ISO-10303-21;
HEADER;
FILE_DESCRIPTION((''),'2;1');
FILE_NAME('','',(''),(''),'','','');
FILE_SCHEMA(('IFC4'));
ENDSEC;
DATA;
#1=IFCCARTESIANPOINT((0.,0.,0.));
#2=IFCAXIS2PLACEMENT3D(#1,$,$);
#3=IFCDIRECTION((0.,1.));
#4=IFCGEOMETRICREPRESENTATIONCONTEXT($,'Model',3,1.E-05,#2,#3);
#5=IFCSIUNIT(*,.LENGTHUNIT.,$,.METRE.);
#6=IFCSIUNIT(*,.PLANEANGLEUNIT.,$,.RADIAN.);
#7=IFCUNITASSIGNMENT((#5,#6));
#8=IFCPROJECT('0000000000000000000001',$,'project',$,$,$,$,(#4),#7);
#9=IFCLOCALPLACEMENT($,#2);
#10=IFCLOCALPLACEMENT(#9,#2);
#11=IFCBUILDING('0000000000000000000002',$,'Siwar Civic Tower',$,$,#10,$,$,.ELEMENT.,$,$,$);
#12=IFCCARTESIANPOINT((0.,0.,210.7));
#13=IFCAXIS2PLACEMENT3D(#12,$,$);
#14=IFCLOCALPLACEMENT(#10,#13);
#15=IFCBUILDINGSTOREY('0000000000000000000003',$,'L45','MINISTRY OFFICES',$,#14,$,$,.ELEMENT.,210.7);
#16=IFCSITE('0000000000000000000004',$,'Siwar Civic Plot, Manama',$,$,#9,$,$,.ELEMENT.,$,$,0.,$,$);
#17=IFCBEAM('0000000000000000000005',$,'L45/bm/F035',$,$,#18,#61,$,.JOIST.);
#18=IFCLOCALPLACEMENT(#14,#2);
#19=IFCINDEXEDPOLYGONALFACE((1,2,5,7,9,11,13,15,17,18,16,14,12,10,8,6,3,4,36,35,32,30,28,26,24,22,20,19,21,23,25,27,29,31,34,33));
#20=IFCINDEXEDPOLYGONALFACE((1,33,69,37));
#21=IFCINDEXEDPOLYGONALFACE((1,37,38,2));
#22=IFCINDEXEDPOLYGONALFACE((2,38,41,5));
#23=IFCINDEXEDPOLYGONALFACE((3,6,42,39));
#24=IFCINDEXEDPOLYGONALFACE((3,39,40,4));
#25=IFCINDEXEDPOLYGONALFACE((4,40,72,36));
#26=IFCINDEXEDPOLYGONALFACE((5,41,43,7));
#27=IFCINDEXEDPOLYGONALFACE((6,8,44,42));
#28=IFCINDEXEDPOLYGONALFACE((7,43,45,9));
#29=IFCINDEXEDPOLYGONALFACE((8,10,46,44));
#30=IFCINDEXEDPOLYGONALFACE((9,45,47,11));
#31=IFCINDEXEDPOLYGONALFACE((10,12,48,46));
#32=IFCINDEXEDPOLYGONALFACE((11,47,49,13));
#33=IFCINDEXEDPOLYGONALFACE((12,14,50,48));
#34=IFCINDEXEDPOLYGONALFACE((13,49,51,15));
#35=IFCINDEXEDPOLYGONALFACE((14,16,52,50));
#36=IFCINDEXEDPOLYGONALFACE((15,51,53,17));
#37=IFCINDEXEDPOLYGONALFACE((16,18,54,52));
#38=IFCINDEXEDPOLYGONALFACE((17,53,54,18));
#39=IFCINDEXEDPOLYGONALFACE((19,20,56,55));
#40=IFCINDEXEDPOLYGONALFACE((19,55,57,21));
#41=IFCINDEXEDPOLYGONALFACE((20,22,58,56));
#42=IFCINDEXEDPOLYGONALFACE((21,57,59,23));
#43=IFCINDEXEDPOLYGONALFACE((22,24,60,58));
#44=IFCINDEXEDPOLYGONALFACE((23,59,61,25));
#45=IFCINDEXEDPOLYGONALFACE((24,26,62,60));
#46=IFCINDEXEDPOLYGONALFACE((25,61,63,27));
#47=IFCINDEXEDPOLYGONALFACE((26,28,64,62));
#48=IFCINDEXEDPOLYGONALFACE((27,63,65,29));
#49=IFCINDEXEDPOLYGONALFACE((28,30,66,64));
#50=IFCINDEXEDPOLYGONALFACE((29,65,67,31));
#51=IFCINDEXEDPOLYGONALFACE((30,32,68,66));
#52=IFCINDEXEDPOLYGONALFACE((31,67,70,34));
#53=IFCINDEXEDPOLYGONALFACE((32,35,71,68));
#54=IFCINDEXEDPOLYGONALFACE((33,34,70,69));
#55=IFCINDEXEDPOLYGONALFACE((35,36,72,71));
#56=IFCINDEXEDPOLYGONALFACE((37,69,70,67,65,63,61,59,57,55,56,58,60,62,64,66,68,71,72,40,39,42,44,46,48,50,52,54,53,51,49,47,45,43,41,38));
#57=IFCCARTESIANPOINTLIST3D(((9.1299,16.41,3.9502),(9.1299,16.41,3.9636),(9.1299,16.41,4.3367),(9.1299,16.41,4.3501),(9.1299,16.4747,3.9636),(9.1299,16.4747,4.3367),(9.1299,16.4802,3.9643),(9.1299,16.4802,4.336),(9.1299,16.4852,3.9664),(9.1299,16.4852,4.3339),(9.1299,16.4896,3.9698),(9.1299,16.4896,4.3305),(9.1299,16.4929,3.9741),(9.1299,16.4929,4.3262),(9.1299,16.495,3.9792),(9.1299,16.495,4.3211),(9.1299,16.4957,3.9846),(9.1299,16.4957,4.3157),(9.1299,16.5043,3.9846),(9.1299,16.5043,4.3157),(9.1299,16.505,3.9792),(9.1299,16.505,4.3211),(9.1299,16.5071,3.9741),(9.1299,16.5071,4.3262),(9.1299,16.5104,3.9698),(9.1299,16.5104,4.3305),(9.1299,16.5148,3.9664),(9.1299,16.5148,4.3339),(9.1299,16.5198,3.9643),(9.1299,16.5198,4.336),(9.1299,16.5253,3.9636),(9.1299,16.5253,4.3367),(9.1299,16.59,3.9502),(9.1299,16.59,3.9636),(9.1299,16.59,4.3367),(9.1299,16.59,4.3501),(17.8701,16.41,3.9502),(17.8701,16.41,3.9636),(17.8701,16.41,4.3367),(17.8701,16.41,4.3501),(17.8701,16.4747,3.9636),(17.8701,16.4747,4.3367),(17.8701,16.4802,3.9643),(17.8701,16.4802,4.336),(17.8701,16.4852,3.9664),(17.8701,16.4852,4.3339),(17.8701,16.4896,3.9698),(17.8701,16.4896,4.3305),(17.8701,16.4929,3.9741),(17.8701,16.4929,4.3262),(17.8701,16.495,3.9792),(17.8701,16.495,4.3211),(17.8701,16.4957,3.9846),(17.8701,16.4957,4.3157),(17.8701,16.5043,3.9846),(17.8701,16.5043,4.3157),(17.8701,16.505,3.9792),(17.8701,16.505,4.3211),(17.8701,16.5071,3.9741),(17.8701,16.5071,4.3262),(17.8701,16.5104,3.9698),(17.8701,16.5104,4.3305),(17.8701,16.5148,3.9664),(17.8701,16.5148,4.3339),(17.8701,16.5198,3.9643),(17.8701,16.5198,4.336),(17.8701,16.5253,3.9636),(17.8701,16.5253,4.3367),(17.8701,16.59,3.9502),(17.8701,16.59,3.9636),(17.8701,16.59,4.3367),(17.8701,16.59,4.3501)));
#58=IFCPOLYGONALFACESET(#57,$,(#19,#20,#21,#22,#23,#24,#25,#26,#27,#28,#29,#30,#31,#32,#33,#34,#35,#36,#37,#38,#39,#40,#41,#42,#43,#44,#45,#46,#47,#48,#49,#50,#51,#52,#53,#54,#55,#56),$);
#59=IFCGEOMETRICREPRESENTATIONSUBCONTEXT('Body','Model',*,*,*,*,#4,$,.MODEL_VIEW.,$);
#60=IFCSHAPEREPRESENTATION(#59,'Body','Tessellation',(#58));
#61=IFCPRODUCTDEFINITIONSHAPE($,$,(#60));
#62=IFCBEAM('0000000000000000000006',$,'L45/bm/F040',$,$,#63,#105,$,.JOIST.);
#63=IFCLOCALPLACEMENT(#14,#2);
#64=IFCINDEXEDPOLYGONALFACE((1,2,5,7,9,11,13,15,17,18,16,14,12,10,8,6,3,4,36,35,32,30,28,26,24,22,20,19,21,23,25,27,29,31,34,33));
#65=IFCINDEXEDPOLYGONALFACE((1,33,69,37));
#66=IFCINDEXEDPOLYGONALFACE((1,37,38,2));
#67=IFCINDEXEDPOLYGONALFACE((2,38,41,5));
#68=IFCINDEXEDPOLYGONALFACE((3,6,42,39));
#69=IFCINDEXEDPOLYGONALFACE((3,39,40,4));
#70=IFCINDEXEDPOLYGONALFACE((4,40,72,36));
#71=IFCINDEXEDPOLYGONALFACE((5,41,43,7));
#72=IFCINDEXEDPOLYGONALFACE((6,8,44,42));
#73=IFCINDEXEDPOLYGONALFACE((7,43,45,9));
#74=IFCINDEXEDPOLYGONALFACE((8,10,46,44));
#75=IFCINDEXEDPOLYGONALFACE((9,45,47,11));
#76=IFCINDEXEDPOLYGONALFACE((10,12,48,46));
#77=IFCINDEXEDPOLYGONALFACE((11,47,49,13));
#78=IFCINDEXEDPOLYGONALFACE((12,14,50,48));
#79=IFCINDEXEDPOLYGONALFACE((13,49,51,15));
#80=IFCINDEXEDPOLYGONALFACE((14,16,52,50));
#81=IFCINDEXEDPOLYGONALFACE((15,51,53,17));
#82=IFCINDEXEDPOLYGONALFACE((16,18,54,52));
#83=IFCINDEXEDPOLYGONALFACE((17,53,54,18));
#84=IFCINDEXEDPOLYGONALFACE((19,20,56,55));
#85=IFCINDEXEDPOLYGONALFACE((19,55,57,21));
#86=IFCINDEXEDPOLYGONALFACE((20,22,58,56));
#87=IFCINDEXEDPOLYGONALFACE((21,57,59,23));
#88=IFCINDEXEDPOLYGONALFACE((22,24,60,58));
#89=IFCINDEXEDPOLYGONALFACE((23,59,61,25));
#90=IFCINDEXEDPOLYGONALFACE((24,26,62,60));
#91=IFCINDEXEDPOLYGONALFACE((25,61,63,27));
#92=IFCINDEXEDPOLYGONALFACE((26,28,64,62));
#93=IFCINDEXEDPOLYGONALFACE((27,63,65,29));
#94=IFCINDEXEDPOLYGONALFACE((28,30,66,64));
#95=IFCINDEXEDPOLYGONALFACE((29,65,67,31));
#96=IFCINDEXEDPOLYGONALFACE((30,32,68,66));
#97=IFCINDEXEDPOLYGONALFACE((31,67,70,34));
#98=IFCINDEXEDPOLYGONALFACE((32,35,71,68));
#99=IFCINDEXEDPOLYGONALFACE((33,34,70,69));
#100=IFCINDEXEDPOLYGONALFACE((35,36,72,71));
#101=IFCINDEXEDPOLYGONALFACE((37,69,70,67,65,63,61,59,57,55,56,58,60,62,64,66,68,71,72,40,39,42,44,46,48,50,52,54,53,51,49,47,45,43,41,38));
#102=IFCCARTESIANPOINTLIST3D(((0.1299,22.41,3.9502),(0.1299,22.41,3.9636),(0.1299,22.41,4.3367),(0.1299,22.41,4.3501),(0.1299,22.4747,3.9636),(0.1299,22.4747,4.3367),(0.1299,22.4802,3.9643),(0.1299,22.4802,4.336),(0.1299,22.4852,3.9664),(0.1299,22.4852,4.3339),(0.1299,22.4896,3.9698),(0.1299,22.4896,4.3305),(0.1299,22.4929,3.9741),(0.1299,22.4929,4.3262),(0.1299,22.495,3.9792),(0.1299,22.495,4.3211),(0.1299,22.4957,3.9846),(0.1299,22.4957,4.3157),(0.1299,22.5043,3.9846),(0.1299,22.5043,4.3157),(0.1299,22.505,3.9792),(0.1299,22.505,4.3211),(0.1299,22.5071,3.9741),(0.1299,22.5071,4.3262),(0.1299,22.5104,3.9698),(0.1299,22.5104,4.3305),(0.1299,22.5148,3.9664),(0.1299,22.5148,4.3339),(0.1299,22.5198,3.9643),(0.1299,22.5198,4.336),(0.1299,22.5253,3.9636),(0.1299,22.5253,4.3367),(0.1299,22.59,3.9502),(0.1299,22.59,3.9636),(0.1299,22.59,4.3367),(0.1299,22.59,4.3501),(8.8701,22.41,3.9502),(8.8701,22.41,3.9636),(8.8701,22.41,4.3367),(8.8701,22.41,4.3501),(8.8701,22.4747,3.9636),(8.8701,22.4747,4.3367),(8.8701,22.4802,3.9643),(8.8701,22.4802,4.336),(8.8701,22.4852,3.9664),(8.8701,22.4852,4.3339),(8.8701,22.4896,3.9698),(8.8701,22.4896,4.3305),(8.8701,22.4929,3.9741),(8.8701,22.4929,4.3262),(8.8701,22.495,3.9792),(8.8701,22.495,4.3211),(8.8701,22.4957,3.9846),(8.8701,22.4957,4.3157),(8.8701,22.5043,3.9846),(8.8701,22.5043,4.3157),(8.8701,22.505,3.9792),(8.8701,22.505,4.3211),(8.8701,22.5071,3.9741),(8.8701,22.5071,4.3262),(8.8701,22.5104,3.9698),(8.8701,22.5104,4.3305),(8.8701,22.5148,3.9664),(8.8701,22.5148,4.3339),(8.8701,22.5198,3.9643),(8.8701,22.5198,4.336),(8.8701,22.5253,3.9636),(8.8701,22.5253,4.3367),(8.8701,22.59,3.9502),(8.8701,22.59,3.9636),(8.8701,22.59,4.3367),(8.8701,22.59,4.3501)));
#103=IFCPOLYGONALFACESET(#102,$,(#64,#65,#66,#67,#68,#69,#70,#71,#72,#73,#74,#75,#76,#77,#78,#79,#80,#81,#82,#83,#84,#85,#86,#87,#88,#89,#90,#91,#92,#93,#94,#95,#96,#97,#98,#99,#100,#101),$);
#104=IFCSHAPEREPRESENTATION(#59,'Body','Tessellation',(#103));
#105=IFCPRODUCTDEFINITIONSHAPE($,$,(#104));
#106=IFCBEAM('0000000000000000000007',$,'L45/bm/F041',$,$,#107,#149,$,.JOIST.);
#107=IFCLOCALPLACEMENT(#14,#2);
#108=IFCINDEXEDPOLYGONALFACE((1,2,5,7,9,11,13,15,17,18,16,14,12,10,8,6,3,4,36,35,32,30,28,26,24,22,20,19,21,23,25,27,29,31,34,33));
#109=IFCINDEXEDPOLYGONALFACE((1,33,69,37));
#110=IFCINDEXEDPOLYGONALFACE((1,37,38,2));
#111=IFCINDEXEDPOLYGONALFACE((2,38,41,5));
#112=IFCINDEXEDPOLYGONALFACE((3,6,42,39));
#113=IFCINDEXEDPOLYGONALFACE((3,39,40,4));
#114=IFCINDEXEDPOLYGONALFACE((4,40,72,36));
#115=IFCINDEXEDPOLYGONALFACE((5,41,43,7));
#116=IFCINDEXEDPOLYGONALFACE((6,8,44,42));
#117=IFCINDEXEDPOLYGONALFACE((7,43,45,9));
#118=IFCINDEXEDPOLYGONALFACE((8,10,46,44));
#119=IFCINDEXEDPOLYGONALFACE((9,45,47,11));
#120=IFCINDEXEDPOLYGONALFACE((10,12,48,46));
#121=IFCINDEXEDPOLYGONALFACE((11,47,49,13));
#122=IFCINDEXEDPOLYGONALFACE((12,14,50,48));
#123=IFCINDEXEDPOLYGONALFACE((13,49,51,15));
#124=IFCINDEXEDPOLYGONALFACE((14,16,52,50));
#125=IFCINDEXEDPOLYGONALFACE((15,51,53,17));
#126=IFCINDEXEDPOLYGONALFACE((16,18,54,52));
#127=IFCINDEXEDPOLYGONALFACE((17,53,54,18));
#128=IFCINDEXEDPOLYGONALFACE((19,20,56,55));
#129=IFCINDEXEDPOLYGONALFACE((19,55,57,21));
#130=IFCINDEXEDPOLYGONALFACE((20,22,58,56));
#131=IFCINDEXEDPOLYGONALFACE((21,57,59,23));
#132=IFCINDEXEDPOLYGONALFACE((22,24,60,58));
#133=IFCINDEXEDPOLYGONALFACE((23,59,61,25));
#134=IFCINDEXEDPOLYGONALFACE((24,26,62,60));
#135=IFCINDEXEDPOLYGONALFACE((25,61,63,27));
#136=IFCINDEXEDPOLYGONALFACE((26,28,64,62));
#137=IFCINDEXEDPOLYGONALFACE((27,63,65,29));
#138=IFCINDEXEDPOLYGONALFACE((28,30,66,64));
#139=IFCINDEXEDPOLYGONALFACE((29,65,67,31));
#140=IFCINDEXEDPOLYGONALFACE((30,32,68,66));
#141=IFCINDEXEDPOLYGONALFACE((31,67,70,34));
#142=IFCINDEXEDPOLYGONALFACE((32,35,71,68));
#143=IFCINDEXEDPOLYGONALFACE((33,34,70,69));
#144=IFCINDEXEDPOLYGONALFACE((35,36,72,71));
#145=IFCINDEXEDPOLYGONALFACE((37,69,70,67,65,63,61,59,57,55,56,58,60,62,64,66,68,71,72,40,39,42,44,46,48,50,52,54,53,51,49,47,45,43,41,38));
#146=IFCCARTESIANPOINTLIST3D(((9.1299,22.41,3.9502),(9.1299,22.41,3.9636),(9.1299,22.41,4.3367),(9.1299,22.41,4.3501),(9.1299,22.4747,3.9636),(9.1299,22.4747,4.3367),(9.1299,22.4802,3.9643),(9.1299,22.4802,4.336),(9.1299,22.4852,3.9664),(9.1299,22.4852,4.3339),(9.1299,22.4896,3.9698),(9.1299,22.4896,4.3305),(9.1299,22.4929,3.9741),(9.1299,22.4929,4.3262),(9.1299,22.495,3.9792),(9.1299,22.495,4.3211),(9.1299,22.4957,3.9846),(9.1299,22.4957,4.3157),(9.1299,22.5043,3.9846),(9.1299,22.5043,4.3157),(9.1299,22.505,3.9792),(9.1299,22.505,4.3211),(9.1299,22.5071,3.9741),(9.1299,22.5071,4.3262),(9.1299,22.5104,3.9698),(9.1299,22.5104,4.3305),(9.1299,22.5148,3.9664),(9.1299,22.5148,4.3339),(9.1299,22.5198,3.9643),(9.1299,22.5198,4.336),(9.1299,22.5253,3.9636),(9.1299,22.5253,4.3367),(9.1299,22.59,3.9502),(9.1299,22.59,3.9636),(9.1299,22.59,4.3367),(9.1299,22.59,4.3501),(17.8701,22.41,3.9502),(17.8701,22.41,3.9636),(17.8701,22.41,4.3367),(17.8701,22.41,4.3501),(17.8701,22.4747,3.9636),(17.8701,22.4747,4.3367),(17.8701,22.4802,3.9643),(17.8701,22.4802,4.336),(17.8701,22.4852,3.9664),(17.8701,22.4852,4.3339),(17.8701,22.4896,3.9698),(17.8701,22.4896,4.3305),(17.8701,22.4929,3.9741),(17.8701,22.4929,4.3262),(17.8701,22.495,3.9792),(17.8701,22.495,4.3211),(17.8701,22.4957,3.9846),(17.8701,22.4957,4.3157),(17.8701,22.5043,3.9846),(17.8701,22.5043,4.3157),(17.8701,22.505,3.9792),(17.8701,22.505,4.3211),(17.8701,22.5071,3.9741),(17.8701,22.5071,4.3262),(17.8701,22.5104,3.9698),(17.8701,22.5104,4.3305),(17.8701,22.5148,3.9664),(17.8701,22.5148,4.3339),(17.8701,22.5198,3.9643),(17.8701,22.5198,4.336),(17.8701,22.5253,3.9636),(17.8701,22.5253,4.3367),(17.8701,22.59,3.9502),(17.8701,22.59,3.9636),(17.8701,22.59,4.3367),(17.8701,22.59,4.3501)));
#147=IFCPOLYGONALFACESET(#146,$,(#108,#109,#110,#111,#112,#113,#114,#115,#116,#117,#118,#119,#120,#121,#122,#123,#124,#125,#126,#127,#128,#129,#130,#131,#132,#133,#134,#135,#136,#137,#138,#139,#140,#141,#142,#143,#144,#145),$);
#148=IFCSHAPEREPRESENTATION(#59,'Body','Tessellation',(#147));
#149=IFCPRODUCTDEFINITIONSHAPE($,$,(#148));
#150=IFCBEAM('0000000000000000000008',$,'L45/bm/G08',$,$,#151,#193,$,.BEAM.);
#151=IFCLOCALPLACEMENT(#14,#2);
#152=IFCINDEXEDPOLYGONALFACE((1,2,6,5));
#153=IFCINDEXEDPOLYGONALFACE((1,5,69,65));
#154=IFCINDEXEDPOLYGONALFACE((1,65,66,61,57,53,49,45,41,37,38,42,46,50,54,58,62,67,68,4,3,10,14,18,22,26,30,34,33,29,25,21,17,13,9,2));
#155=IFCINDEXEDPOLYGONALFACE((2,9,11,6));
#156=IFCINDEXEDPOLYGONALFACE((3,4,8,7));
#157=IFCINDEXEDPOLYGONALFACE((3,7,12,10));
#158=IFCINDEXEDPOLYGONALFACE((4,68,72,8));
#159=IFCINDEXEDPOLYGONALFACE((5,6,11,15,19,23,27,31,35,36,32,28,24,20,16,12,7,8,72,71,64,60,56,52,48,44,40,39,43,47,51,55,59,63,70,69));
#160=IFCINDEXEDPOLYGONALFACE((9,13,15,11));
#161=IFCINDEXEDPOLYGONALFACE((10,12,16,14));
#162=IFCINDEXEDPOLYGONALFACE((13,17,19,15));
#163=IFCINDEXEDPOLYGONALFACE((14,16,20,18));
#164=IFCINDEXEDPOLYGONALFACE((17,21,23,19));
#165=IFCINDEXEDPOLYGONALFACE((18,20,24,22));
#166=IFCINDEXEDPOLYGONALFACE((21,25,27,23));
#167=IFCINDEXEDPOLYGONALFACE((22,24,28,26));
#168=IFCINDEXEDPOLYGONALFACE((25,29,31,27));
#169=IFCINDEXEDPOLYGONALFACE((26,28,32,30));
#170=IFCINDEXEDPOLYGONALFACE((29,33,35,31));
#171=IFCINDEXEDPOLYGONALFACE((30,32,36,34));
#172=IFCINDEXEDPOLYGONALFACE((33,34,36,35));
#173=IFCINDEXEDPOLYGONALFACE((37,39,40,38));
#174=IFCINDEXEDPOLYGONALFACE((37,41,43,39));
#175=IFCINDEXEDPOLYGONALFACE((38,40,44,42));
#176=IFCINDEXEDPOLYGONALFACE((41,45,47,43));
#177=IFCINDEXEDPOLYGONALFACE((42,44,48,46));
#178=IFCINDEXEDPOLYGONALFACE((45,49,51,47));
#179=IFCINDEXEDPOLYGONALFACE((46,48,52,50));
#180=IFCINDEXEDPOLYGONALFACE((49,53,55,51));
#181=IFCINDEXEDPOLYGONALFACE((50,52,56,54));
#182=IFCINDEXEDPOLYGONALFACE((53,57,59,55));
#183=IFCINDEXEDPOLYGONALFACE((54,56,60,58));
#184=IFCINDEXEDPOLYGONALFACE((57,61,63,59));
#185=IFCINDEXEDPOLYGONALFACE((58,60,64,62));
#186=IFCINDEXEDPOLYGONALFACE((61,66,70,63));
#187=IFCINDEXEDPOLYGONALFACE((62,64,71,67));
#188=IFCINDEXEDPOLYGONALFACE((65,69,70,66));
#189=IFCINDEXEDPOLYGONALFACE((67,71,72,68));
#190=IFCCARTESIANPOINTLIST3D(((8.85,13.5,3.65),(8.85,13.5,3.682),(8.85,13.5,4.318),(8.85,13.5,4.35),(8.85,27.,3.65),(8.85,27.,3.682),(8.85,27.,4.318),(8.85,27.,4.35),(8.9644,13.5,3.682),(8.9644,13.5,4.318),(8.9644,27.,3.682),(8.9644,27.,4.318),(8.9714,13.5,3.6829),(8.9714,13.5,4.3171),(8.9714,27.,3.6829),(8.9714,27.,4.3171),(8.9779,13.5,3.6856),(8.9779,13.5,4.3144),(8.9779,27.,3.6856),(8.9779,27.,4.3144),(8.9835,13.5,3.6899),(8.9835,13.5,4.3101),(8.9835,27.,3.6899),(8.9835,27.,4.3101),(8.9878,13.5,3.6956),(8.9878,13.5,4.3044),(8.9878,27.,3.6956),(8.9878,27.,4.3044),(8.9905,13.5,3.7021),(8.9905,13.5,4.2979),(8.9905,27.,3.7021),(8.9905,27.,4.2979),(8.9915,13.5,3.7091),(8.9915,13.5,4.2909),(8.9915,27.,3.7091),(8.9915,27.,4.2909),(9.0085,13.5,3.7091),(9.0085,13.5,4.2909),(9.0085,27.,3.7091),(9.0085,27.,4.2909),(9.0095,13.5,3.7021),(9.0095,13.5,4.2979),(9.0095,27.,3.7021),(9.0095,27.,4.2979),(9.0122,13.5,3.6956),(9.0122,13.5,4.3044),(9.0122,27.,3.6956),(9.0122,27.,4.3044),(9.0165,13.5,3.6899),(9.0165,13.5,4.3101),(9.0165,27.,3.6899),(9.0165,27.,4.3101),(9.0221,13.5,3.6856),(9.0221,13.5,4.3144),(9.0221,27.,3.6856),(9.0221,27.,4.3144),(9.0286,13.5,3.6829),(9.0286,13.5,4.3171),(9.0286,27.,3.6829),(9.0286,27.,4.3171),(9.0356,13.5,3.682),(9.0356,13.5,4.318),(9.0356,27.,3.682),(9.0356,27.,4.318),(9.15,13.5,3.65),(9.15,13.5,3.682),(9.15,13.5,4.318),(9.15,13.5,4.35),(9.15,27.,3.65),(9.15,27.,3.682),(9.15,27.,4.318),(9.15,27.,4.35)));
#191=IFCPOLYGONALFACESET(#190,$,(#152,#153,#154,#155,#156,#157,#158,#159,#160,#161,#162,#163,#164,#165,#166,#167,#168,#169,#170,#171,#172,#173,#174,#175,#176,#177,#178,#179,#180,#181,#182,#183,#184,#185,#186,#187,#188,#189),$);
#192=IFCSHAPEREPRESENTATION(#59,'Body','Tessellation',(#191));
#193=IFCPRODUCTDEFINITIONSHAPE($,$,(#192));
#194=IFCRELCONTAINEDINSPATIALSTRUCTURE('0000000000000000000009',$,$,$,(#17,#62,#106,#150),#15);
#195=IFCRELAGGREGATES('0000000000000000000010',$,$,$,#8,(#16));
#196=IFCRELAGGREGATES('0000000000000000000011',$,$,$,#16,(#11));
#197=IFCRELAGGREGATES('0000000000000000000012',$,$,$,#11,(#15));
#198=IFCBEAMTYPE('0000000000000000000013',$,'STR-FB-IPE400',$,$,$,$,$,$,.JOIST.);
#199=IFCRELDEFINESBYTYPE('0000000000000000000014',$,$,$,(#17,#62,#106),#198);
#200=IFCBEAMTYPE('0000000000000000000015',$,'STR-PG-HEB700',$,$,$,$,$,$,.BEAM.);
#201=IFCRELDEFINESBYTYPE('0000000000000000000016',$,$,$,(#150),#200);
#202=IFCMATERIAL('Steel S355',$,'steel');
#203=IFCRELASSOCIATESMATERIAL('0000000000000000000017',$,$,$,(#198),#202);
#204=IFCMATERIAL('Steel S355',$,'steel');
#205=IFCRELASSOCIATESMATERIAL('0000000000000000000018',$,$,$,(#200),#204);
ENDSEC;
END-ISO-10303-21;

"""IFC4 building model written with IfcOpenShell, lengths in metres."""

from ifc_helpers import new_model, si_unit, direction, frame, origin, origin_2d, place, context, subcontext, project, spatial, i_section, extrude, material, material_profile, profile_set, type_object, element, save


model = new_model("IFC4")

# Units and contexts
model_context = context("Model", 3, precision=1e-05, world=origin(), true_north=direction((0.0, 1.0)))
body_context = subcontext(model_context, "Body", "Model", "MODEL_VIEW")
ifc_project = project(units=[si_unit("LENGTHUNIT", "METRE"), si_unit("PLANEANGLEUNIT", "RADIAN")], contexts=[model_context])

# Site, building, storey
site_placement = place(None, origin())
site = spatial("IfcSite", under=ifc_project, at=site_placement, Name="Siwar Civic Plot, Manama", CompositionType="ELEMENT", RefElevation=0.0)
building_placement = place(site_placement, origin())
building = spatial("IfcBuilding", under=site, at=building_placement, Name="Siwar Civic Tower", CompositionType="ELEMENT")
storey_placement = place(building_placement, frame((0.0, 0.0, 210.7)))
storey = spatial("IfcBuildingStorey", under=building, at=storey_placement, Name="L45", Description="MINISTRY OFFICES", CompositionType="ELEMENT", Elevation=210.7)

# Beams
ifc_material_1 = material(Name="Steel S355", Category="steel")
ifc_material_profile_1 = material_profile(ifc_material_1, i_section(OverallWidth=0.1799, OverallDepth=0.3999, WebThickness=0.0085, FlangeThickness=0.0134, FilletRadius=0.021, at=origin_2d()), Name="IPE400")
ifc_profile_set_1 = profile_set([ifc_material_profile_1], Name="Steel S355")
beam_type_1 = type_object("IfcBeamType", Name="STR-FB-IPE400", PredefinedType="JOIST", material=ifc_profile_set_1)
for number, where, z_axis, x_axis, name in (
    (1, (9.1299, 16.5, 4.1501), (1.0, 0.0, 0.0), (0.0, 1.0, 0.0), "L45/bm/F035"),
    (2, (0.1299, 22.5, 4.1501), (1.0, 0.0, 0.0), (0.0, 1.0, 0.0), "L45/bm/F040"),
    (3, (9.1299, 22.5, 4.1501), (1.0, 0.0, 0.0), (0.0, 1.0, 0.0), "L45/bm/F041"),
):
    element("IfcBeam", number, at=place(storey_placement, frame(where, z_axis=z_axis, x_axis=x_axis)), inside=storey, type_object=beam_type_1, Name=name, PredefinedType="JOIST", context=body_context, shape_type="SweptSolid", body=[
        extrude(i_section(OverallWidth=0.1799, OverallDepth=0.3999, WebThickness=0.0085, FlangeThickness=0.0134, FilletRadius=0.021, at=origin_2d()), origin(), (0.0, 0.0, 1.0), 8.7402),
    ])
ifc_material_2 = material(Name="Steel S355", Category="steel")
ifc_material_profile_2 = material_profile(ifc_material_2, i_section(OverallWidth=0.3, OverallDepth=0.7, WebThickness=0.0171, FlangeThickness=0.032, FilletRadius=0.0271, at=origin_2d()), Name="HEB700")
ifc_profile_set_2 = profile_set([ifc_material_profile_2], Name="Steel S355")
beam_type_2 = type_object("IfcBeamType", Name="STR-PG-HEB700", PredefinedType="BEAM", material=ifc_profile_set_2)
beam_1_placement = place(storey_placement, frame((9.0, 13.5, 4.0), z_axis=(0.0, 1.0, 0.0), x_axis=(-1.0, 0.0, 0.0)))
element("IfcBeam", 4, at=beam_1_placement, inside=storey, type_object=beam_type_2, Name="L45/bm/G08", PredefinedType="BEAM", context=body_context, shape_type="SweptSolid", body=[
    extrude(i_section(OverallWidth=0.3, OverallDepth=0.7, WebThickness=0.0171, FlangeThickness=0.032, FilletRadius=0.0271, at=origin_2d()), origin(), (0.0, 0.0, 1.0), 13.5),
])

save(model, "model.ifc")
